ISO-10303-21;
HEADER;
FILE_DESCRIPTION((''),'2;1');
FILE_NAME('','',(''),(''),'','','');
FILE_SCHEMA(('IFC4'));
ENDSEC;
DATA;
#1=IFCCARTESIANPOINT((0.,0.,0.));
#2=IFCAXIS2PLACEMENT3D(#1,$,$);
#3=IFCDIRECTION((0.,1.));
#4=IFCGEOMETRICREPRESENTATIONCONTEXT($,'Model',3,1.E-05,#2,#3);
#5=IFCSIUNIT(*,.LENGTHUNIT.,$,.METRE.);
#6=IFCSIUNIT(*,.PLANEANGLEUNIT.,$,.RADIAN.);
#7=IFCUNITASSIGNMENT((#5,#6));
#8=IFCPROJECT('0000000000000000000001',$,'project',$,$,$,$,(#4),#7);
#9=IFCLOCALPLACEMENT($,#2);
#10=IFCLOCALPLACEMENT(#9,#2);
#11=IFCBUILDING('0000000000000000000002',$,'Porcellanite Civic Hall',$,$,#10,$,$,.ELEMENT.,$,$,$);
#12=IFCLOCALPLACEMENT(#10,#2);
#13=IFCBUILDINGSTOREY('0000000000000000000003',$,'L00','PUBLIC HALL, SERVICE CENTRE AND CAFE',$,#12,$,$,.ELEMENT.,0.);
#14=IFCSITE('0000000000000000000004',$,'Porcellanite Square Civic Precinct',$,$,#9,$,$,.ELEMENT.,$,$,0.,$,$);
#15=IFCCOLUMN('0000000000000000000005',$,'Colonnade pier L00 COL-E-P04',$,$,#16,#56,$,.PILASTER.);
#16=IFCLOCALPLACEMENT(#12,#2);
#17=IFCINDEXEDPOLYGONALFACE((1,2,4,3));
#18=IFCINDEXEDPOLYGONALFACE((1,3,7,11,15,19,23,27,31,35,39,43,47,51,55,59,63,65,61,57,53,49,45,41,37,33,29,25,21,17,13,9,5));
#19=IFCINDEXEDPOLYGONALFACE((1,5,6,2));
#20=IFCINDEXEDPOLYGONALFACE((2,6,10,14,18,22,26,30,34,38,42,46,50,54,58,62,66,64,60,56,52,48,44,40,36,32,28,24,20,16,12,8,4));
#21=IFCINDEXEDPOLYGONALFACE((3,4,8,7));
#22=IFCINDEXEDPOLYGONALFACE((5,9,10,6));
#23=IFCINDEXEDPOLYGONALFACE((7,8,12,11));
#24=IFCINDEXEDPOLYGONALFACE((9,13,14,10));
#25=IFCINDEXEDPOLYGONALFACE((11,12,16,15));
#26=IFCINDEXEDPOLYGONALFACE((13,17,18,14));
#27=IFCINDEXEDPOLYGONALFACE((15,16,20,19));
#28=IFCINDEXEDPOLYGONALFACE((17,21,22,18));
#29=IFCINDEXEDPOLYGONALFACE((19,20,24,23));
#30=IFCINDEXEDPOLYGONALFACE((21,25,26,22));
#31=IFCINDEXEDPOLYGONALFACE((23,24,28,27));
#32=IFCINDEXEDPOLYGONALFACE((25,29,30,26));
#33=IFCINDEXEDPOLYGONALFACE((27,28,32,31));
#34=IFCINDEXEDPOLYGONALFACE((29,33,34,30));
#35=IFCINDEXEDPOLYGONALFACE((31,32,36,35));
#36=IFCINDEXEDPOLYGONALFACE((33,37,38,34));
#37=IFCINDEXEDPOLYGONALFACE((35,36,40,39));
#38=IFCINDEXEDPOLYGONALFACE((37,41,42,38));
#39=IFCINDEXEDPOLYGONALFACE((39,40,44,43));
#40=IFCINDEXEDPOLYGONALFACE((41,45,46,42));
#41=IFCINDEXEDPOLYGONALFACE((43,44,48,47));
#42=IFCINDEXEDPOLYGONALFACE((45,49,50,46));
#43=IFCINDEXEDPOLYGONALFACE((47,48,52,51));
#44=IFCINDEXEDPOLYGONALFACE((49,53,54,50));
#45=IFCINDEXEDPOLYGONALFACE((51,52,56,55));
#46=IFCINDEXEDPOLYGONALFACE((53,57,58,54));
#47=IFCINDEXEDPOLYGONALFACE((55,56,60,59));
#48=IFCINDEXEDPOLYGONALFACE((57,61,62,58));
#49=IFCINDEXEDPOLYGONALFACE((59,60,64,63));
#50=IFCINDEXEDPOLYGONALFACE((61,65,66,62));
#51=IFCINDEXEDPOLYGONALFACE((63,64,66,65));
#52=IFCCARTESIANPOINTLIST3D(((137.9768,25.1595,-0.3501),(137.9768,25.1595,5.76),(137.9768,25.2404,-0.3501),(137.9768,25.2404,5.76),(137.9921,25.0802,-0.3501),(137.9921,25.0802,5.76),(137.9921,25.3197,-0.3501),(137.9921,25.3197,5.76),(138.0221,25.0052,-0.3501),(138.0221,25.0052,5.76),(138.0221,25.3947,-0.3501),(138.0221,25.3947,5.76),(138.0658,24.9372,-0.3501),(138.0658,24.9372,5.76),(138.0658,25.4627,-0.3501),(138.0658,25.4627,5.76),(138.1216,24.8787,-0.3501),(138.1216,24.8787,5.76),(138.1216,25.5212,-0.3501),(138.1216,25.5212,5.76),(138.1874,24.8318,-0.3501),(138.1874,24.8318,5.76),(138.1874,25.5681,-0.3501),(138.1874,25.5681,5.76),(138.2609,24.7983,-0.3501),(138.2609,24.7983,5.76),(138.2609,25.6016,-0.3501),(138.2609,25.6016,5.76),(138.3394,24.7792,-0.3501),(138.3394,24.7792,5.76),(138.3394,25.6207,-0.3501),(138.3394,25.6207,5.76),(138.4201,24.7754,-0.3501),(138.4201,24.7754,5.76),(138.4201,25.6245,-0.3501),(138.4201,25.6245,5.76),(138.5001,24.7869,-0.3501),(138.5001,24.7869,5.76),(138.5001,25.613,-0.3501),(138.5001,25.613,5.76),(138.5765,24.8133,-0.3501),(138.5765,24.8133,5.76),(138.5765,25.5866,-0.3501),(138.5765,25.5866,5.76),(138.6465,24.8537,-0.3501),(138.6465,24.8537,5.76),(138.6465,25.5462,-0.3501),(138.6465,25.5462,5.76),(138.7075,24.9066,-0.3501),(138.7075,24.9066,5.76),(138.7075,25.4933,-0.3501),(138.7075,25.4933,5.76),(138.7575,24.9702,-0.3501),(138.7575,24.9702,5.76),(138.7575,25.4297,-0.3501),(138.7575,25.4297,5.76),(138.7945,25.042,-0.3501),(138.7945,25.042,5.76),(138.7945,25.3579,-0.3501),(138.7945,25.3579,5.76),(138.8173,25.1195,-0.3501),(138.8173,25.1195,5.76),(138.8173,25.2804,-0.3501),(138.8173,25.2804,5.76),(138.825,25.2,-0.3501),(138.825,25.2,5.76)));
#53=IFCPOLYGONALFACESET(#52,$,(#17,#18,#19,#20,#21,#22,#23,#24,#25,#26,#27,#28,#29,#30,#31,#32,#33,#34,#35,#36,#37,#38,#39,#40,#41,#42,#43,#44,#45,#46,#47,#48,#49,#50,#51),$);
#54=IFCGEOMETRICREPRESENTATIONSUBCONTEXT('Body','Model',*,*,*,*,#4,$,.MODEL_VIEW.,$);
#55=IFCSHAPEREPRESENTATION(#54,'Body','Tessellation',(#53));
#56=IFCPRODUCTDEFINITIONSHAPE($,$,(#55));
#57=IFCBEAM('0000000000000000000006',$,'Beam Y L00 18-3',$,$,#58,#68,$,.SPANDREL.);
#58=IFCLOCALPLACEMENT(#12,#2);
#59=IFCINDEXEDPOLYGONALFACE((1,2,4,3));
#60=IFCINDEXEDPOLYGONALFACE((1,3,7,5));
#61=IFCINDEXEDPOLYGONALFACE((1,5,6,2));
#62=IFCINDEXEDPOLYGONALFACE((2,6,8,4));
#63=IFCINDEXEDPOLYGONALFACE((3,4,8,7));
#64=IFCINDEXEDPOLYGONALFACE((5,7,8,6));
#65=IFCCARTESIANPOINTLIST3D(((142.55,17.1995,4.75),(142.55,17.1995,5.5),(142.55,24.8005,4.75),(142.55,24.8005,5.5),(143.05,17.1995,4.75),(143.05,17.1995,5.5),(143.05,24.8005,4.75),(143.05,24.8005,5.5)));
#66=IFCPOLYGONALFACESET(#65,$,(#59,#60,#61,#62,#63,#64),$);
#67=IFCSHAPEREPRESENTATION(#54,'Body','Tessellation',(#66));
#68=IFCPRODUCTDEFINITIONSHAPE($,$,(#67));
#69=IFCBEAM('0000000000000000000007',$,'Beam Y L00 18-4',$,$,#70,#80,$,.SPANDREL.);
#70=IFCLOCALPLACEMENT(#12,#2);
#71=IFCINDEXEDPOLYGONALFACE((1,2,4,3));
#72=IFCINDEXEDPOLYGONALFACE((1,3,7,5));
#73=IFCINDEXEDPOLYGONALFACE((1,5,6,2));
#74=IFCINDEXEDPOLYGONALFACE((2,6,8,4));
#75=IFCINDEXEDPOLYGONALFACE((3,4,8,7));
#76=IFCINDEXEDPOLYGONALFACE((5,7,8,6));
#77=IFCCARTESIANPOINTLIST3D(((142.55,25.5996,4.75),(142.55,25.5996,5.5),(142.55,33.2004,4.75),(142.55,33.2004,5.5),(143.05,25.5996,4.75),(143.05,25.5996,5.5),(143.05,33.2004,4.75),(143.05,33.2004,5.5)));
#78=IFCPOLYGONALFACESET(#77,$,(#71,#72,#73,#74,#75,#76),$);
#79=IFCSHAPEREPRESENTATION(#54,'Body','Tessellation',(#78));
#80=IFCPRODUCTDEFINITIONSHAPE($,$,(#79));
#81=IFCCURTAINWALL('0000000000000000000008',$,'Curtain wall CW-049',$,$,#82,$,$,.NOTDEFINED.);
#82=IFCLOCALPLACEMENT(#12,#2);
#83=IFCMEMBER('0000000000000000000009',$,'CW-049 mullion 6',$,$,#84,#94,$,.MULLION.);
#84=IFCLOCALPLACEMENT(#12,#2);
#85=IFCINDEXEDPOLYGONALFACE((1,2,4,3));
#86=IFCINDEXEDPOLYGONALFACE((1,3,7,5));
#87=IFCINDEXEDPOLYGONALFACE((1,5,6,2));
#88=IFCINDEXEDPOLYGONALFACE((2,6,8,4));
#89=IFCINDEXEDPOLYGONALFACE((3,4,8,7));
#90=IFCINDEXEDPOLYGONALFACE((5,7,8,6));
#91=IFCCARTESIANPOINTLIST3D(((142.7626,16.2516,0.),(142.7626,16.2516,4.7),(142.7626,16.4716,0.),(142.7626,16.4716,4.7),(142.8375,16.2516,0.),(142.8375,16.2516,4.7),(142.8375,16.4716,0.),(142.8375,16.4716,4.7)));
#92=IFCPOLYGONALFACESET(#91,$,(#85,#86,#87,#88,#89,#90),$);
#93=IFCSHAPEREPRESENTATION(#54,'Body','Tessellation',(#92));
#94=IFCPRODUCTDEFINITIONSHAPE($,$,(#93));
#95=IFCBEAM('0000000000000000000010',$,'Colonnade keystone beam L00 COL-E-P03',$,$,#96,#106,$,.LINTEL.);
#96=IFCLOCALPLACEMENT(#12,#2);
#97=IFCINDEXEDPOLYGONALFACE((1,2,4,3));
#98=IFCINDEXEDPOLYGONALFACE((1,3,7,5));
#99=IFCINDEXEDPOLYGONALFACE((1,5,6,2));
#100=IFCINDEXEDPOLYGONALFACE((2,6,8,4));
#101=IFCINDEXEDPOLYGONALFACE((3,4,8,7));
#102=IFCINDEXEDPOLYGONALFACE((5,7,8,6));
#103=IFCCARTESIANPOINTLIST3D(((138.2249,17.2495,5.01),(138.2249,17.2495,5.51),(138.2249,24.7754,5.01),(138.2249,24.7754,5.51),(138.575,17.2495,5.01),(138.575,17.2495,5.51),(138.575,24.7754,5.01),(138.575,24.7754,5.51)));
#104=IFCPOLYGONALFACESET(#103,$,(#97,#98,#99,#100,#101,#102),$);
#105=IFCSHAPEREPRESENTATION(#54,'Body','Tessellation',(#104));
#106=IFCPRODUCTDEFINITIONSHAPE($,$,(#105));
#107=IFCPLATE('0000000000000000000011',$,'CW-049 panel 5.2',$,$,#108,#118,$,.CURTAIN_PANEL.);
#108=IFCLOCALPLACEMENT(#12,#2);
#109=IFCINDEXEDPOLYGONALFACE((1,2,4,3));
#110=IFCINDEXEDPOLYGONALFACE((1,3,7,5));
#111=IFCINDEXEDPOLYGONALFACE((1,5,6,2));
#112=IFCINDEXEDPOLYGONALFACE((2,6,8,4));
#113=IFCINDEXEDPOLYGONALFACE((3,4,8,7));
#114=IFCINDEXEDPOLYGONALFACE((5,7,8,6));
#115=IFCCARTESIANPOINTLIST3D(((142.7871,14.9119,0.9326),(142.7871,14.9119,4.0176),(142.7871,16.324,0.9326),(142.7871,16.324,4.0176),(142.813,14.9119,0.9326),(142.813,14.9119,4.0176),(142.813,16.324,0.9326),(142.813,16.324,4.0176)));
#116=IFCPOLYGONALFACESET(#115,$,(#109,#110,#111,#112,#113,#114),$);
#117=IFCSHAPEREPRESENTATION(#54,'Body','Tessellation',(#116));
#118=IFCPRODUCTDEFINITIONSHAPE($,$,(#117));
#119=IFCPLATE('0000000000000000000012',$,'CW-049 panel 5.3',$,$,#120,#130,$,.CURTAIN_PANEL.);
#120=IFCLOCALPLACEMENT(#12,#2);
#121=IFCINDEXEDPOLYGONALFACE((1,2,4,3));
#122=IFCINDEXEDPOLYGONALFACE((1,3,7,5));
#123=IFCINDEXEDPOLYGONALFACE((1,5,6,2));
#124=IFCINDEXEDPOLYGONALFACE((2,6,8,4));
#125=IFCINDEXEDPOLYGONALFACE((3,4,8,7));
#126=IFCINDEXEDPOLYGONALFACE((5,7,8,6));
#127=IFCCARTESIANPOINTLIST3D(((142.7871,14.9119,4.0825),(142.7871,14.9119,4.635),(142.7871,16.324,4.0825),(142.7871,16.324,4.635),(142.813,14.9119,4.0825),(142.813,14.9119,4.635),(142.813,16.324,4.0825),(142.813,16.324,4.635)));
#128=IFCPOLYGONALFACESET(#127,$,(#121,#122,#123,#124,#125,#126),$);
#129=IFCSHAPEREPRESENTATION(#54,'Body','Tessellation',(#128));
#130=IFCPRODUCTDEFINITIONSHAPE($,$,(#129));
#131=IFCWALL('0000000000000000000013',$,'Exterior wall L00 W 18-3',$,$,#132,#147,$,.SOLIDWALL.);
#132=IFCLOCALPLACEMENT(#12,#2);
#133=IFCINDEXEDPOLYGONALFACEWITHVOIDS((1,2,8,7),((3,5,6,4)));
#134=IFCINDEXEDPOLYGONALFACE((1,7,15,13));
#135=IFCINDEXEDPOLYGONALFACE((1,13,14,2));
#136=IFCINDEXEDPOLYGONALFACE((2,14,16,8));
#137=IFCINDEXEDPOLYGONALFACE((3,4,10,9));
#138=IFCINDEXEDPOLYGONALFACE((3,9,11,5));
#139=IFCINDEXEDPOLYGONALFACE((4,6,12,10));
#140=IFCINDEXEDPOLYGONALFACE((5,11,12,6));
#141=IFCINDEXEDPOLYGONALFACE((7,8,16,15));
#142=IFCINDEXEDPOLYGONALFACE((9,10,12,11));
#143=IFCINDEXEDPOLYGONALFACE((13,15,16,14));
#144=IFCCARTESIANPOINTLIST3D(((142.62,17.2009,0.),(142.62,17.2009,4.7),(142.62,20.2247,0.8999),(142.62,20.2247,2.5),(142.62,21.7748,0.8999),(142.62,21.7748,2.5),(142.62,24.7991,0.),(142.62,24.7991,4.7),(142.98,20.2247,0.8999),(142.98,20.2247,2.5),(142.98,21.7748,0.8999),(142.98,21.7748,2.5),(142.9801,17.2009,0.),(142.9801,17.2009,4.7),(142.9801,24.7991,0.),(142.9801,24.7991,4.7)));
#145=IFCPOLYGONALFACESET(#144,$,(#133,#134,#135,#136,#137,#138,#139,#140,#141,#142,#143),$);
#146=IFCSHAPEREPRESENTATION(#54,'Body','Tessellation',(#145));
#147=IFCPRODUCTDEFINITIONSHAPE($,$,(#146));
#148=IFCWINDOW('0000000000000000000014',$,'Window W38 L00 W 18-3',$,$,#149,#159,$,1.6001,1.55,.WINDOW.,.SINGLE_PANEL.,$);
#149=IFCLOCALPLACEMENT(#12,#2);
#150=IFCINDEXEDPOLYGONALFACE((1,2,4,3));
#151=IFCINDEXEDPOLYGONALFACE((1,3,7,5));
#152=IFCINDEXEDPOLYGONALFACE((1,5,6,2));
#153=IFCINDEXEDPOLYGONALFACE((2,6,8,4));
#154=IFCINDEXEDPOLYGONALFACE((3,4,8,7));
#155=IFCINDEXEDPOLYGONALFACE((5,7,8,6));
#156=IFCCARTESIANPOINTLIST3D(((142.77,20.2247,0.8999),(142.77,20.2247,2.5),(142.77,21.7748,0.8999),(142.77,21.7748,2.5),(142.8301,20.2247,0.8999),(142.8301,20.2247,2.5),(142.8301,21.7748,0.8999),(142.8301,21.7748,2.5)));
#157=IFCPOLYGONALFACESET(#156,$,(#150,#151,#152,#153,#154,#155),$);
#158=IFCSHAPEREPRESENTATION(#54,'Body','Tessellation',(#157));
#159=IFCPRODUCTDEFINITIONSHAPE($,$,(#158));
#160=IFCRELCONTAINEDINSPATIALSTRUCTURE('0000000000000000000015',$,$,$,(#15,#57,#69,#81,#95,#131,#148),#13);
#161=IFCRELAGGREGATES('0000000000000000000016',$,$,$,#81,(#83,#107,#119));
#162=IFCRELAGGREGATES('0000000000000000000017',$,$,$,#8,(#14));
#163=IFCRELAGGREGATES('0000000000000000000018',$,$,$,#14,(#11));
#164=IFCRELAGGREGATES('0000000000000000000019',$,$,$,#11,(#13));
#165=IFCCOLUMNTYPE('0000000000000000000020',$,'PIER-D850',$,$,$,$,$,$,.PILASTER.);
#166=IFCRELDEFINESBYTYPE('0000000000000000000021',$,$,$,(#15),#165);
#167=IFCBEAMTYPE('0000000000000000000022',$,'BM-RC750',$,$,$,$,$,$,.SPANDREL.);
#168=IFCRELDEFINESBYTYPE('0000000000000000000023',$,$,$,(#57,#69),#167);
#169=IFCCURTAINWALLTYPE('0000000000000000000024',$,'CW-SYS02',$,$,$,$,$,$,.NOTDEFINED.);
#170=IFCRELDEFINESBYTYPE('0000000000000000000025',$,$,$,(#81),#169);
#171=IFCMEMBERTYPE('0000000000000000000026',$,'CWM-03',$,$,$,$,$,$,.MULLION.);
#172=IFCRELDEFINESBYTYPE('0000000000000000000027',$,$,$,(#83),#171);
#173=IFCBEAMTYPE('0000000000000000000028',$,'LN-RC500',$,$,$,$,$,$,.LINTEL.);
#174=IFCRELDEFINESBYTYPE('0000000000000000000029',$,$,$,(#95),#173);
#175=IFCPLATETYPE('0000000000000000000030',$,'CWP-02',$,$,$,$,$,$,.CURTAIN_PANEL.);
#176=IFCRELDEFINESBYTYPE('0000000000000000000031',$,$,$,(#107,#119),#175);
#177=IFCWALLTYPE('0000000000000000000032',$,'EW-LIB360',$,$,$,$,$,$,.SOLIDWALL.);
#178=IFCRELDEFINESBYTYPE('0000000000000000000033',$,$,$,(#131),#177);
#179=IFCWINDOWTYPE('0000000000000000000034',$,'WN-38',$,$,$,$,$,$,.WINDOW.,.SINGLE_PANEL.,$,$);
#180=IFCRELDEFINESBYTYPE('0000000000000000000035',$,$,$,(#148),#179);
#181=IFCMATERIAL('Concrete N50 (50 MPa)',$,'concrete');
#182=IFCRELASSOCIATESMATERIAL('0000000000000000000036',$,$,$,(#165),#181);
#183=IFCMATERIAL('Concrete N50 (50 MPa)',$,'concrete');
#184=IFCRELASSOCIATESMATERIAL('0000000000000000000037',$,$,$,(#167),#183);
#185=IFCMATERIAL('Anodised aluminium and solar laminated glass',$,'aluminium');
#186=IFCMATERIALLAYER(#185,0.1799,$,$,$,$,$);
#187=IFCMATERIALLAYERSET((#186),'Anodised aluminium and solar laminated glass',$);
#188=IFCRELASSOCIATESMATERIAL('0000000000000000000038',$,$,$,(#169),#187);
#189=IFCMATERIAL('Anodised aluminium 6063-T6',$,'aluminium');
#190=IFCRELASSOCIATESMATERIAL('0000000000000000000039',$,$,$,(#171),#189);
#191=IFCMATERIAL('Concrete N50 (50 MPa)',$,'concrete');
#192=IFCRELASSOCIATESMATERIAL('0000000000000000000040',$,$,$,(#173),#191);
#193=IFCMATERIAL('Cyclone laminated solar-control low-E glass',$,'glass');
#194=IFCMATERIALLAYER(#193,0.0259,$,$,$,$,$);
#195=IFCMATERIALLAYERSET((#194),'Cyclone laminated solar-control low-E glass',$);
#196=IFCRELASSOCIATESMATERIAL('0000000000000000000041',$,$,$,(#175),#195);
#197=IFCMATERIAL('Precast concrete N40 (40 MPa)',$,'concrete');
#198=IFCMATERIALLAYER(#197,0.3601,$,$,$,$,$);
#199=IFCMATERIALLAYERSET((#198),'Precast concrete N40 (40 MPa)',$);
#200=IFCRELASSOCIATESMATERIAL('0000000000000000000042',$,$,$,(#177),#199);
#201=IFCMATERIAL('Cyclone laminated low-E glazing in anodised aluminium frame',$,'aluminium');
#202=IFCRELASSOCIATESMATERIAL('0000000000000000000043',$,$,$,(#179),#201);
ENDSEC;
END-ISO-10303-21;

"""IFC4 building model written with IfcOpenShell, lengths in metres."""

from ifc_helpers import new_model, si_unit, direction, frame, frame_2d, origin, origin_2d, place, context, subcontext, project, spatial, rectangle, circle, extrude, material, layer, layer_set, material_profile, profile_set, type_object, element, fill, aggregate, save


model = new_model("IFC4")

# Units and contexts
model_context = context("Model", 3, precision=1e-05, world=origin(), true_north=direction((0.0, 1.0)))
body_context = subcontext(model_context, "Body", "Model", "MODEL_VIEW")
ifc_project = project(units=[si_unit("LENGTHUNIT", "METRE"), si_unit("PLANEANGLEUNIT", "RADIAN")], contexts=[model_context])

# Site, building, storey
site_placement = place(None, origin())
site = spatial("IfcSite", under=ifc_project, at=site_placement, Name="Porcellanite Square Civic Precinct", CompositionType="ELEMENT", RefElevation=0.0)
building_placement = place(site_placement, origin())
building = spatial("IfcBuilding", under=site, at=building_placement, Name="Porcellanite Civic Hall", CompositionType="ELEMENT")
storey_placement = place(building_placement, origin())
storey = spatial("IfcBuildingStorey", under=building, at=storey_placement, Name="L00", Description="PUBLIC HALL, SERVICE CENTRE AND CAFE", CompositionType="ELEMENT", Elevation=0.0)

# Column
ifc_material_1 = material(Name="Concrete N50 (50 MPa)", Category="concrete")
ifc_material_profile_1 = material_profile(ifc_material_1, circle(Radius=0.425, at=origin_2d()), Name="RC-D850")
ifc_profile_set_1 = profile_set([ifc_material_profile_1], Name="Concrete N50 (50 MPa)")
column_type_1 = type_object("IfcColumnType", Name="PIER-D850", PredefinedType="PILASTER", material=ifc_profile_set_1)
column_placement = place(storey_placement, frame((138.3999, 25.2, -0.3501), z_axis=(0.0, 0.0, 1.0), x_axis=(1.0, 0.0, 0.0)))
element("IfcColumn", 1, at=column_placement, inside=storey, type_object=column_type_1, Name="Colonnade pier L00 COL-E-P04", PredefinedType="PILASTER", context=body_context, shape_type="SweptSolid", body=[
    extrude(circle(Radius=0.425, at=origin_2d()), origin(), (0.0, 0.0, 1.0), 6.1101),
])

# Beams
ifc_material_2 = material(Name="Concrete N50 (50 MPa)", Category="concrete")
ifc_material_profile_2 = material_profile(ifc_material_2, rectangle(XDim=0.5, YDim=0.75, at=origin_2d()), Name="RC-500x750")
ifc_profile_set_2 = profile_set([ifc_material_profile_2], Name="Concrete N50 (50 MPa)")
beam_type_1 = type_object("IfcBeamType", Name="BM-RC750", PredefinedType="SPANDREL", material=ifc_profile_set_2)
beam_1_placement = place(storey_placement, frame((142.8, 17.1995, 5.125), z_axis=(0.0, 1.0, 0.0), x_axis=(-1.0, 0.0, 0.0)))
element("IfcBeam", 2, at=beam_1_placement, inside=storey, type_object=beam_type_1, Name="Beam Y L00 18-3", PredefinedType="SPANDREL", context=body_context, shape_type="SweptSolid", body=[
    extrude(rectangle(XDim=0.5, YDim=0.75, at=origin_2d()), origin(), (0.0, 0.0, 1.0), 7.6011),
])
beam_2_placement = place(storey_placement, frame((142.8, 25.5996, 5.125), z_axis=(0.0, 1.0, 0.0), x_axis=(-1.0, 0.0, 0.0)))
element("IfcBeam", 3, at=beam_2_placement, inside=storey, type_object=beam_type_1, Name="Beam Y L00 18-4", PredefinedType="SPANDREL", context=body_context, shape_type="SweptSolid", body=[
    extrude(rectangle(XDim=0.5, YDim=0.75, at=origin_2d()), origin(), (0.0, 0.0, 1.0), 7.6008),
])

# Curtain wall, member
ifc_material_3 = material(Name="Anodised aluminium and solar laminated glass", Category="aluminium")
ifc_layer_1 = layer(ifc_material_3, 0.1799)
ifc_layer_set_1 = layer_set([ifc_layer_1], Name="Anodised aluminium and solar laminated glass")
curtain_wall_type = type_object("IfcCurtainWallType", Name="CW-SYS02", PredefinedType="NOTDEFINED", material=ifc_layer_set_1)
curtain_wall_placement = place(storey_placement, origin())
curtain_wall = element("IfcCurtainWall", 4, at=curtain_wall_placement, inside=storey, type_object=curtain_wall_type, Name="Curtain wall CW-049", PredefinedType="NOTDEFINED")
ifc_material_4 = material(Name="Anodised aluminium 6063-T6", Category="aluminium")
ifc_material_profile_3 = material_profile(ifc_material_4, rectangle(XDim=0.075, YDim=0.22, at=origin_2d()), Name="AL-75x220")
ifc_profile_set_3 = profile_set([ifc_material_profile_3], Name="Anodised aluminium 6063-T6")
member_type = type_object("IfcMemberType", Name="CWM-03", PredefinedType="MULLION", material=ifc_profile_set_3)
member_placement = place(storey_placement, frame((142.8, 16.3616, 0.0), z_axis=(0.0, 0.0, 1.0), x_axis=(-1.0, 0.0, 0.0)))
member = element("IfcMember", 5, at=member_placement, type_object=member_type, Name="CW-049 mullion 6", PredefinedType="MULLION", context=body_context, shape_type="SweptSolid", body=[
    extrude(rectangle(XDim=0.075, YDim=0.22, at=origin_2d()), origin(), (0.0, 0.0, 1.0), 4.7),
])

# Beam
ifc_material_5 = material(Name="Concrete N50 (50 MPa)", Category="concrete")
ifc_material_profile_4 = material_profile(ifc_material_5, rectangle(XDim=0.3501, YDim=0.5, at=origin_2d()), Name="RC-350x500")
ifc_profile_set_4 = profile_set([ifc_material_profile_4], Name="Concrete N50 (50 MPa)")
beam_type_2 = type_object("IfcBeamType", Name="LN-RC500", PredefinedType="LINTEL", material=ifc_profile_set_4)
beam_3_placement = place(storey_placement, frame((138.3999, 17.2495, 5.26), z_axis=(0.0, 1.0, 0.0), x_axis=(-1.0, 0.0, 0.0)))
element("IfcBeam", 6, at=beam_3_placement, inside=storey, type_object=beam_type_2, Name="Colonnade keystone beam L00 COL-E-P03", PredefinedType="LINTEL", context=body_context, shape_type="SweptSolid", body=[
    extrude(rectangle(XDim=0.3501, YDim=0.5, at=origin_2d()), origin(), (0.0, 0.0, 1.0), 7.5259),
])

# Plates
ifc_material_6 = material(Name="Cyclone laminated solar-control low-E glass", Category="glass")
ifc_layer_2 = layer(ifc_material_6, 0.0259)
ifc_layer_set_2 = layer_set([ifc_layer_2], Name="Cyclone laminated solar-control low-E glass")
plate_type = type_object("IfcPlateType", Name="CWP-02", PredefinedType="CURTAIN_PANEL", material=ifc_layer_set_2)
plate_1_placement = place(storey_placement, frame((142.8, 15.6179, 0.9326), z_axis=(0.0, 0.0, 1.0), x_axis=(0.0, 1.0, 0.0)))
plate_1 = element("IfcPlate", 7, at=plate_1_placement, type_object=plate_type, Name="CW-049 panel 5.2", PredefinedType="CURTAIN_PANEL", context=body_context, shape_type="SweptSolid", body=[
    extrude(rectangle(XDim=1.4121, YDim=0.0259, at=origin_2d()), origin(), (0.0, 0.0, 1.0), 3.085),
])
plate_2_placement = place(storey_placement, frame((142.8, 15.6179, 4.0825), z_axis=(0.0, 0.0, 1.0), x_axis=(0.0, 1.0, 0.0)))
plate_2 = element("IfcPlate", 8, at=plate_2_placement, type_object=plate_type, Name="CW-049 panel 5.3", PredefinedType="CURTAIN_PANEL", context=body_context, shape_type="SweptSolid", body=[
    extrude(rectangle(XDim=1.4121, YDim=0.0259, at=origin_2d()), origin(), (0.0, 0.0, 1.0), 0.5525),
])
aggregate(curtain_wall, [member, plate_1, plate_2])

# Wall, opening, window
ifc_material_7 = material(Name="Precast concrete N40 (40 MPa)", Category="concrete")
ifc_layer_3 = layer(ifc_material_7, 0.3601)
ifc_layer_set_3 = layer_set([ifc_layer_3], Name="Precast concrete N40 (40 MPa)")
wall_type = type_object("IfcWallType", Name="EW-LIB360", PredefinedType="SOLIDWALL", material=ifc_layer_set_3)
wall_1_placement = place(storey_placement, frame((142.8, 17.2009, 0.0), z_axis=(0.0, 0.0, 1.0), x_axis=(0.0, 1.0, 0.0)))
wall_1 = element("IfcWall", 9, at=wall_1_placement, inside=storey, type_object=wall_type, Name="Exterior wall L00 W 18-3", PredefinedType="SOLIDWALL", context=body_context, shape_type="SweptSolid", body=[
    extrude(rectangle(XDim=7.5981, YDim=0.3601, at=frame_2d((3.7991, 0.0))), origin(), (0.0, 0.0, 1.0), 4.7),
])
opening_1_placement = place(wall_1_placement, frame((3.0239, 0.0, 0.8999)))
opening_1 = element("IfcOpeningElement", 10, at=opening_1_placement, cuts=wall_1, PredefinedType="OPENING", context=body_context, shape_type="SweptSolid", body=[
    extrude(rectangle(XDim=1.55, YDim=1.6001, at=frame_2d((0.7749, 0.8))), frame((0.0, 0.1802, 0.0), z_axis=(0.0, -1.0, 0.0), x_axis=(1.0, 0.0, 0.0)), (0.0, 0.0, 1.0), 0.3601),
])
ifc_material_8 = material(Name="Cyclone laminated low-E glazing in anodised aluminium frame", Category="aluminium")
window_type_1 = type_object("IfcWindowType", Name="WN-38", PartitioningType="SINGLE_PANEL", PredefinedType="WINDOW", material=ifc_material_8)
window_1_placement = place(opening_1_placement, origin())
window_1 = element("IfcWindow", 11, at=window_1_placement, inside=storey, type_object=window_type_1, Name="Window W38 L00 W 18-3", OverallHeight=1.6001, OverallWidth=1.55, PartitioningType="SINGLE_PANEL", PredefinedType="WINDOW", context=body_context, shape_type="SweptSolid", body=[
    extrude(rectangle(XDim=1.55, YDim=1.6001, at=frame_2d((0.7749, 0.8))), frame((0.0, 0.03, 0.0), z_axis=(0.0, -1.0, 0.0), x_axis=(1.0, 0.0, 0.0)), (0.0, 0.0, 1.0), 0.0601),
])
fill(opening_1, window_1)

save(model, "model.ifc")
